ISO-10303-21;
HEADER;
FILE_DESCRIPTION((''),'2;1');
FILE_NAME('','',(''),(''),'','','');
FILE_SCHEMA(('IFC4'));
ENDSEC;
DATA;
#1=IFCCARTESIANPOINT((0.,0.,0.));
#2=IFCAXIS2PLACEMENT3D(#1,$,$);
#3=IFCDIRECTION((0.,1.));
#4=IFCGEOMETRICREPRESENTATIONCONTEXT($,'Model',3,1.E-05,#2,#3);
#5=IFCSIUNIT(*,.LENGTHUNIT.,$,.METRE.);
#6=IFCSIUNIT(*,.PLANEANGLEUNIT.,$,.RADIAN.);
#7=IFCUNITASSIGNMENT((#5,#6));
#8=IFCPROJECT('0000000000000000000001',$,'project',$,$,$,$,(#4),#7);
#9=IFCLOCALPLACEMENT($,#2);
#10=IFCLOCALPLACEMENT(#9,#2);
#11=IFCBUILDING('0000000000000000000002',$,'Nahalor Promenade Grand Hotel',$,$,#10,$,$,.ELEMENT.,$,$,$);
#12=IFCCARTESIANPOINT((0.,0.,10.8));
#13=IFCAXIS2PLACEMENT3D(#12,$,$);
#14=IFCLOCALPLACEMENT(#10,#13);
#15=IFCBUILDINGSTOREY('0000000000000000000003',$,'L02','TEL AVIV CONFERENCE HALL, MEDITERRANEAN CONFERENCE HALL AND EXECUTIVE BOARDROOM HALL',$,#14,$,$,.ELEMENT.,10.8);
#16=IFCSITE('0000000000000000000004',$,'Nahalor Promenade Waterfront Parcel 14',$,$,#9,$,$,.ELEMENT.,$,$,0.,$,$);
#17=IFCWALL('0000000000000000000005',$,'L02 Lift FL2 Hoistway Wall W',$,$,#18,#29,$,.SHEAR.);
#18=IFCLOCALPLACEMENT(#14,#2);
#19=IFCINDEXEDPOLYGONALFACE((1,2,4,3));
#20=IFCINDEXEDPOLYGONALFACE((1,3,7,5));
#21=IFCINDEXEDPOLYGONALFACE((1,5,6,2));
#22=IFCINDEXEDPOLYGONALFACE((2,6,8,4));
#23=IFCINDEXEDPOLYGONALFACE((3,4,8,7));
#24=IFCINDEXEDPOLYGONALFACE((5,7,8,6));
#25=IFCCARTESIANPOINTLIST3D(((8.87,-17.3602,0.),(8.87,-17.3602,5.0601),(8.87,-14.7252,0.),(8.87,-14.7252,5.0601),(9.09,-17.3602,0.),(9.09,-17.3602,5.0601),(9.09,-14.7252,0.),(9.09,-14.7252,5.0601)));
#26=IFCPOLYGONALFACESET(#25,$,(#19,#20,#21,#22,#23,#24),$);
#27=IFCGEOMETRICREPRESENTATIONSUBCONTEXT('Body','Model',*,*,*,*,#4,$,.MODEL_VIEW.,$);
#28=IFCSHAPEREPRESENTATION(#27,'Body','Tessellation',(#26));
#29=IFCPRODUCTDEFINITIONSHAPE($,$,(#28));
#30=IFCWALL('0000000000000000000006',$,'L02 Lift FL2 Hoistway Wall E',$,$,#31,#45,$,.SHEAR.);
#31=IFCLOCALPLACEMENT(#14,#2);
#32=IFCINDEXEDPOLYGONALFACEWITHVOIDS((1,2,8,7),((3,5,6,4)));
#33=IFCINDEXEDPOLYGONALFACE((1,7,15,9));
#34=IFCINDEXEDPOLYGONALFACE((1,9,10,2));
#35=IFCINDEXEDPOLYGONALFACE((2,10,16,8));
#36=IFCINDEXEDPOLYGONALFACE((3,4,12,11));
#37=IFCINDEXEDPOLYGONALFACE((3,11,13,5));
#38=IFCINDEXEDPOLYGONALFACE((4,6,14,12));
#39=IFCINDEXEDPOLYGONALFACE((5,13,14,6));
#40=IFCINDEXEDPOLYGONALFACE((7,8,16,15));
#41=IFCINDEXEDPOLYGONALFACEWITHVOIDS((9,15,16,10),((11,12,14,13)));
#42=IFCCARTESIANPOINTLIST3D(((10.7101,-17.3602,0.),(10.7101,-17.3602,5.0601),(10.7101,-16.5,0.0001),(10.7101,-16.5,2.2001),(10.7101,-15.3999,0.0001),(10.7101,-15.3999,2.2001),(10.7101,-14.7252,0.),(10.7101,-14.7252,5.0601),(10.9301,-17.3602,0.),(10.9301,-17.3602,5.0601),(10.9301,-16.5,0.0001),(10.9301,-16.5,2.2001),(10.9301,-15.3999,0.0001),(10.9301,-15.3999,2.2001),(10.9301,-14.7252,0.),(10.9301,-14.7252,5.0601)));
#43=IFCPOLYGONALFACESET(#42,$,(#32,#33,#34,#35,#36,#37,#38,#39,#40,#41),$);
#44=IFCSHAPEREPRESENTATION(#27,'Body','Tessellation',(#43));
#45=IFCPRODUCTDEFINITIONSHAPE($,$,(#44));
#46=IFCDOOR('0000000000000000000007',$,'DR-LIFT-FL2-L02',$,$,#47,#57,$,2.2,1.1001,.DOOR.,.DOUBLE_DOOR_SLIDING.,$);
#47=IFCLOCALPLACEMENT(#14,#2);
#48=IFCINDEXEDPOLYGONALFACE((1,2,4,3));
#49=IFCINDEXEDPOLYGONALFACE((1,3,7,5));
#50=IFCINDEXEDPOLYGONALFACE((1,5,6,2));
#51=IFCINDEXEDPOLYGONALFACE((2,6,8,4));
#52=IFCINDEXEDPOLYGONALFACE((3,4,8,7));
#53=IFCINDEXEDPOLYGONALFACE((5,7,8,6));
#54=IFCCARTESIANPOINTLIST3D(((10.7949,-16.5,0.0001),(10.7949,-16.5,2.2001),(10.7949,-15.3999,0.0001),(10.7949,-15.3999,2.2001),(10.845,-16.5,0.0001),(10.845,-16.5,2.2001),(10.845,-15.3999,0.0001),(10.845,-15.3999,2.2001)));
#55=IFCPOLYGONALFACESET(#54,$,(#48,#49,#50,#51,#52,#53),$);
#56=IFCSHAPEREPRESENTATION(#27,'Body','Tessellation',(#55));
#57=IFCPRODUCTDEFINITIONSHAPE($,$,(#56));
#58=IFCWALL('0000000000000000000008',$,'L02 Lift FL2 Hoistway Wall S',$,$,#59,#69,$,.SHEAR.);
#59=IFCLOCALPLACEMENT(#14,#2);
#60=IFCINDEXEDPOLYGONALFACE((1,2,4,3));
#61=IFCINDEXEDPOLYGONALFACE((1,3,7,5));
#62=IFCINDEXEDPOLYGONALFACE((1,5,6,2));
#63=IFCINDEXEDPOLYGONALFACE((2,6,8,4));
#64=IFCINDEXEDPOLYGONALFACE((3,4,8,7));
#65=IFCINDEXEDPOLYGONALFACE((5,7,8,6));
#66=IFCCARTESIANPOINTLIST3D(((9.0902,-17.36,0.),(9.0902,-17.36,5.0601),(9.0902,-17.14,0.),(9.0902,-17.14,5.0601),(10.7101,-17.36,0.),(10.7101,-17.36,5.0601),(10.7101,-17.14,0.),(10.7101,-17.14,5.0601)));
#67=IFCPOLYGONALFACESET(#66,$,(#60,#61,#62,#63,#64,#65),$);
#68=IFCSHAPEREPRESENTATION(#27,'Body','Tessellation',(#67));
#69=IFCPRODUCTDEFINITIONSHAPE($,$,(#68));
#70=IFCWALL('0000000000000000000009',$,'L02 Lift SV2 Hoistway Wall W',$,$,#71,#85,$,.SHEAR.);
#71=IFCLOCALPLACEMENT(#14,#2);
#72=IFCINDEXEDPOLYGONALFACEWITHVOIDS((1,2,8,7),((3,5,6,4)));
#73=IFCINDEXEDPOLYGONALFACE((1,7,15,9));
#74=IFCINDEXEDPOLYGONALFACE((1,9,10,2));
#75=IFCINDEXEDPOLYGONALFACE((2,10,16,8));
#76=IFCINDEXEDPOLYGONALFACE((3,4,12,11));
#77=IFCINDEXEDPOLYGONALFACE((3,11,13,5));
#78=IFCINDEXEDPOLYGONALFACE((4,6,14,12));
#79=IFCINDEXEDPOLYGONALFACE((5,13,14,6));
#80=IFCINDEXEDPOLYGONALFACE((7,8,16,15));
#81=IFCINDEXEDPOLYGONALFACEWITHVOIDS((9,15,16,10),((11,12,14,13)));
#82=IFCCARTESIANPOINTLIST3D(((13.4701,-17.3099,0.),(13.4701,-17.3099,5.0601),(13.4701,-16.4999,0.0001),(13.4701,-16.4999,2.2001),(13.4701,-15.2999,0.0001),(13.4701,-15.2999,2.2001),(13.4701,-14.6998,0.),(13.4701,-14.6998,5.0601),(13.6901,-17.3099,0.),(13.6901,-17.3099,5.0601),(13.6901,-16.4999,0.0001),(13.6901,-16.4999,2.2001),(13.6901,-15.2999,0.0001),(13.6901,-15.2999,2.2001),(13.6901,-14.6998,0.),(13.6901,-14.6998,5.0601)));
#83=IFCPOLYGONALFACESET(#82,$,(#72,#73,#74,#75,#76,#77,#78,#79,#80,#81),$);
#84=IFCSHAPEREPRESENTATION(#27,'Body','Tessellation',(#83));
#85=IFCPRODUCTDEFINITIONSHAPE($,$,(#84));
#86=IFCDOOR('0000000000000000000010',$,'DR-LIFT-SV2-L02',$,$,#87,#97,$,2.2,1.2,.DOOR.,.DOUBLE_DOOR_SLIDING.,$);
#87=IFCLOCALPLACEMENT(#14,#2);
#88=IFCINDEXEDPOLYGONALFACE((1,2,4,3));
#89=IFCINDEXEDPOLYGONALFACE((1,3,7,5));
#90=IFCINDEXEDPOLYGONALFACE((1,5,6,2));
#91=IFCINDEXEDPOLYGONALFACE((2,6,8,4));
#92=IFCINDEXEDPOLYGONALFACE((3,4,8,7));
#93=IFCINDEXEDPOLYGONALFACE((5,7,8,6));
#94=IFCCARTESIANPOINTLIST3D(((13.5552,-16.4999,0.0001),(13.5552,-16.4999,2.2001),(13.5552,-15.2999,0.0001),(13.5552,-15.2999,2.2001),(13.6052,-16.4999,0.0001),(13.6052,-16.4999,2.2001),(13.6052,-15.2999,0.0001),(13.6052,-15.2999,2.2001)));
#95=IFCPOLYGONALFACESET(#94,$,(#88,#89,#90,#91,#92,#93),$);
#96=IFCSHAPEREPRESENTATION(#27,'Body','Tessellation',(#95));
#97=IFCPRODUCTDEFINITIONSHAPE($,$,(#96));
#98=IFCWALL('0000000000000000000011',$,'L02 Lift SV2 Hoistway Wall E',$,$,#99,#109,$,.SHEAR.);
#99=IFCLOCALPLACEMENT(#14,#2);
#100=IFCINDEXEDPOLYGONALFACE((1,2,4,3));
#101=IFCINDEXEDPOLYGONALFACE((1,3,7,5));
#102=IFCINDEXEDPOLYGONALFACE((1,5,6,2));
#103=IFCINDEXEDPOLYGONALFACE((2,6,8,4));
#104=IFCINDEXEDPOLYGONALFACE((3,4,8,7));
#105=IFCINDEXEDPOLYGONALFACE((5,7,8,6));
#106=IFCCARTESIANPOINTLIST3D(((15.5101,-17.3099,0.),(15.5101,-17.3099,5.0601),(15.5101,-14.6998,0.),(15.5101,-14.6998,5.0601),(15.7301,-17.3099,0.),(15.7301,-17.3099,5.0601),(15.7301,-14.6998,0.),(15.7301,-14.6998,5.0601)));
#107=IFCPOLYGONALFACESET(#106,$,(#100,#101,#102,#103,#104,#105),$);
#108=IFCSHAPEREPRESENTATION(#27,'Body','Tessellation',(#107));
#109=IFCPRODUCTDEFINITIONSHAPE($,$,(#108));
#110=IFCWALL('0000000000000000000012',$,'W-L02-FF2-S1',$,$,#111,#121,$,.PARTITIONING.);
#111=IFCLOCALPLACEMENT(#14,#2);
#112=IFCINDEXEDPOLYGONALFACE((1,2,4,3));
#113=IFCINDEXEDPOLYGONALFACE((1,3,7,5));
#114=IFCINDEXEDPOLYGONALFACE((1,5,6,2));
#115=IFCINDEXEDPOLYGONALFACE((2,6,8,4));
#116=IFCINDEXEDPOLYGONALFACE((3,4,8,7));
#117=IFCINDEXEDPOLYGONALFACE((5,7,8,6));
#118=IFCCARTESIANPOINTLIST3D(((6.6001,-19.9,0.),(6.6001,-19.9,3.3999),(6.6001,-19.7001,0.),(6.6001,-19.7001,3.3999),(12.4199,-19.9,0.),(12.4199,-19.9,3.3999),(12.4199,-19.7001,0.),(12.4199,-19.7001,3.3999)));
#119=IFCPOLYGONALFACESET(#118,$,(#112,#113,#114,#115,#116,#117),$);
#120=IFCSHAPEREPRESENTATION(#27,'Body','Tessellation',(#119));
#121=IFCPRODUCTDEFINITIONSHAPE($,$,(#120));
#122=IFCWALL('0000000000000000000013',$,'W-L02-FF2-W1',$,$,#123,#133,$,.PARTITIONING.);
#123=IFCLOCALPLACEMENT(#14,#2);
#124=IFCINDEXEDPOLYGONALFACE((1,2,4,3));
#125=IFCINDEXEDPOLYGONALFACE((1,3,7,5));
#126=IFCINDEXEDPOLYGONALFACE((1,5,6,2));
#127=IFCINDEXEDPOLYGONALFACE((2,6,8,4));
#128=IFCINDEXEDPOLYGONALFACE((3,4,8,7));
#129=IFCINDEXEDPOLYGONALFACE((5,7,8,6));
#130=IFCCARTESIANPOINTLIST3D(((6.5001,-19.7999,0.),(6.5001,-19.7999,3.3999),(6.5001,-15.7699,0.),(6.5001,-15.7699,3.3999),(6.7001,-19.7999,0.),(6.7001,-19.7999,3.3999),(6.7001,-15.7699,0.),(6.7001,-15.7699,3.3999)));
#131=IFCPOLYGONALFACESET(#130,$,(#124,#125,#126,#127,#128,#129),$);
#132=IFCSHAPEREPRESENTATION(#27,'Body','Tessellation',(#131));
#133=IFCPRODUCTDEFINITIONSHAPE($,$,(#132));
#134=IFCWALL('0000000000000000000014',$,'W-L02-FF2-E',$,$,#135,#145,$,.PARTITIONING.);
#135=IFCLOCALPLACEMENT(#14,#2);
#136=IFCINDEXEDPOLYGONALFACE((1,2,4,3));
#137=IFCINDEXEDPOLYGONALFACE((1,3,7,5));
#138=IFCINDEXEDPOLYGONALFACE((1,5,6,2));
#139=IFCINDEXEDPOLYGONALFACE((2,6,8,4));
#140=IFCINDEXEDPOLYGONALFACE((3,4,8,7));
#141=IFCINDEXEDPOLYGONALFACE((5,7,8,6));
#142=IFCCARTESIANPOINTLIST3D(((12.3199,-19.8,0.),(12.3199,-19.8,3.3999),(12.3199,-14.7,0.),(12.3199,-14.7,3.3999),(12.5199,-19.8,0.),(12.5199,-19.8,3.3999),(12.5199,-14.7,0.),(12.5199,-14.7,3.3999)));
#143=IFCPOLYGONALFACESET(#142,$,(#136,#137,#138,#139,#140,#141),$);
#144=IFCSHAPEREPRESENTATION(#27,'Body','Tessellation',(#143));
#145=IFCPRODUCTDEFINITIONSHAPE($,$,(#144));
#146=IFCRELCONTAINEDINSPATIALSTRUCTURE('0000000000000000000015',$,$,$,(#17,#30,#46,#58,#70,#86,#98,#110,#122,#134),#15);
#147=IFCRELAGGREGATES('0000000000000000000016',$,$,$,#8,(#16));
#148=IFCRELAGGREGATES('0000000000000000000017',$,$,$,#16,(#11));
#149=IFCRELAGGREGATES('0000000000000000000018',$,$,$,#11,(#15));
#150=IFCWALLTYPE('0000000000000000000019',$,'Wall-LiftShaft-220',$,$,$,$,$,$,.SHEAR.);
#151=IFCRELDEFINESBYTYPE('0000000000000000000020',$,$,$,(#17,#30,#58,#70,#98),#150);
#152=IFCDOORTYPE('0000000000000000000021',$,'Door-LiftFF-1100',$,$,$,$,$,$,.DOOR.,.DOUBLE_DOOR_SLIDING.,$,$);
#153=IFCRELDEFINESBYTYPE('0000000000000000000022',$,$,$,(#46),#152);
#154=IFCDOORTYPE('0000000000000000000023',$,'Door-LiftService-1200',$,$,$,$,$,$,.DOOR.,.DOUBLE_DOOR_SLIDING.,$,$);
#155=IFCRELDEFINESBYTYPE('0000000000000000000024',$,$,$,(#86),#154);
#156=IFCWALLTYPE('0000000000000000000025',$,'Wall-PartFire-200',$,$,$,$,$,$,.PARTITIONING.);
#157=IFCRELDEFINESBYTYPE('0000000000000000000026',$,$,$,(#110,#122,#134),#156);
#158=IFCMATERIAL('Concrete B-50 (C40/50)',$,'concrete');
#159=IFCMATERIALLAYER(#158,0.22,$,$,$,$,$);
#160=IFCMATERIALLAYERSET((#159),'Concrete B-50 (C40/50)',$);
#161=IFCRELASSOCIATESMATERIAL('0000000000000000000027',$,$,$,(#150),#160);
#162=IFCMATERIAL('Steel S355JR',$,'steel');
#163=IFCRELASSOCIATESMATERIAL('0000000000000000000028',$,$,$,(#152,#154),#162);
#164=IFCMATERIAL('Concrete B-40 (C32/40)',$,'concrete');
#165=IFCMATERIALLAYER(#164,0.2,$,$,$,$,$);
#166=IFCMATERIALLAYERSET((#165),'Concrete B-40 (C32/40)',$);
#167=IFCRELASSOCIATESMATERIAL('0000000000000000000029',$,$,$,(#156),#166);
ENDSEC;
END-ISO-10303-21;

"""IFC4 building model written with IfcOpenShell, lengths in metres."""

from ifc_helpers import new_model, si_unit, direction, frame, frame_2d, origin, place, context, subcontext, project, spatial, rectangle, extrude, source, transform, mapped, material, layer, layer_set, type_object, element, fill, save


model = new_model("IFC4")

# Units and contexts
model_context = context("Model", 3, precision=1e-05, world=origin(), true_north=direction((0.0, 1.0)))
body_context = subcontext(model_context, "Body", "Model", "MODEL_VIEW")
ifc_project = project(units=[si_unit("LENGTHUNIT", "METRE"), si_unit("PLANEANGLEUNIT", "RADIAN")], contexts=[model_context])

# Site, building, storey
site_placement = place(None, origin())
site = spatial("IfcSite", under=ifc_project, at=site_placement, Name="Nahalor Promenade Waterfront Parcel 14", CompositionType="ELEMENT", RefElevation=0.0)
building_placement = place(site_placement, origin())
building = spatial("IfcBuilding", under=site, at=building_placement, Name="Nahalor Promenade Grand Hotel", CompositionType="ELEMENT")
storey_placement = place(building_placement, frame((0.0, 0.0, 10.8)))
storey = spatial("IfcBuildingStorey", under=building, at=storey_placement, Name="L02", Description="TEL AVIV CONFERENCE HALL, MEDITERRANEAN CONFERENCE HALL AND EXECUTIVE BOARDROOM HALL", CompositionType="ELEMENT", Elevation=10.8)

# Shared definitions
ifc_material_1 = material(Name="Steel S355JR", Category="steel")

# Shared definitions
ifc_material_2 = material(Name="Concrete B-50 (C40/50)", Category="concrete")

# Wall
ifc_layer_1 = layer(ifc_material_2, 0.22)
ifc_layer_set_1 = layer_set([ifc_layer_1], Name="Concrete B-50 (C40/50)")
wall_type_1 = type_object("IfcWallType", Name="Wall-LiftShaft-220", PredefinedType="SHEAR", material=ifc_layer_set_1)
shared_shape_1 = source(origin(), body_context, "Body", "SweptSolid", [
    extrude(rectangle(XDim=2.635, YDim=0.22, at=frame_2d((1.3174, 0.0))), origin(), (0.0, 0.0, 1.0), 5.0601),
])
wall_1_placement = place(storey_placement, frame((8.98, -17.3601, 0.0), z_axis=(0.0, 0.0, 1.0), x_axis=(0.0, 1.0, 0.0)))
element("IfcWall", 1, at=wall_1_placement, inside=storey, type_object=wall_type_1, Name="L02 Lift FL2 Hoistway Wall W", PredefinedType="SHEAR", context=body_context, shape_type="MappedRepresentation", body=[
    mapped(shared_shape_1, transform((0.0, 0.0, 0.0), scale=1.0)),
])

# Wall, opening, door
wall_2_placement = place(storey_placement, frame((10.8201, -17.3601, 0.0), z_axis=(0.0, 0.0, 1.0), x_axis=(0.0, 1.0, 0.0)))
wall_2 = element("IfcWall", 2, at=wall_2_placement, inside=storey, type_object=wall_type_1, Name="L02 Lift FL2 Hoistway Wall E", PredefinedType="SHEAR", context=body_context, shape_type="MappedRepresentation", body=[
    mapped(shared_shape_1, transform((0.0, 0.0, 0.0), scale=1.0)),
])
opening_1_placement = place(wall_2_placement, frame((0.8601, 0.0, 0.0)))
opening_1 = element("IfcOpeningElement", 3, at=opening_1_placement, cuts=wall_2, PredefinedType="OPENING", context=body_context, shape_type="SweptSolid", body=[
    extrude(rectangle(XDim=1.1001, YDim=2.2, at=frame_2d((0.55, 1.1001))), frame((0.0, 0.1199, 0.0), z_axis=(0.0, -1.0, 0.0), x_axis=(1.0, 0.0, 0.0)), (0.0, 0.0, 1.0), 0.24),
])
door_type_1 = type_object("IfcDoorType", Name="Door-LiftFF-1100", OperationType="DOUBLE_DOOR_SLIDING", PredefinedType="DOOR", material=ifc_material_1)
shared_shape_2 = source(origin(), body_context, "Body", "SweptSolid", [
    extrude(rectangle(XDim=1.1001, YDim=2.2, at=frame_2d((0.55, 1.1001))), frame((0.0, 0.0249, 0.0), z_axis=(0.0, -1.0, 0.0), x_axis=(1.0, 0.0, 0.0)), (0.0, 0.0, 1.0), 0.05),
])
door_1_placement = place(opening_1_placement, frame((1.1001, 0.0, 0.0), z_axis=(0.0, 0.0, 1.0), x_axis=(-1.0, 0.0, 0.0)))
door_1 = element("IfcDoor", 4, at=door_1_placement, inside=storey, type_object=door_type_1, Name="DR-LIFT-FL2-L02", OperationType="DOUBLE_DOOR_SLIDING", OverallHeight=2.2, OverallWidth=1.1001, PredefinedType="DOOR", context=body_context, shape_type="MappedRepresentation", body=[
    mapped(shared_shape_2, transform((0.0, 0.0, 0.0), scale=1.0)),
])
fill(opening_1, door_1)

# Wall
shared_shape_3 = source(origin(), body_context, "Body", "SweptSolid", [
    extrude(rectangle(XDim=1.6199, YDim=0.22, at=frame_2d((0.8101, 0.0))), origin(), (0.0, 0.0, 1.0), 5.0601),
])
wall_3_placement = place(storey_placement, frame((9.0901, -17.25, 0.0), z_axis=(0.0, 0.0, 1.0), x_axis=(1.0, 0.0, 0.0)))
element("IfcWall", 5, at=wall_3_placement, inside=storey, type_object=wall_type_1, Name="L02 Lift FL2 Hoistway Wall S", PredefinedType="SHEAR", context=body_context, shape_type="MappedRepresentation", body=[
    mapped(shared_shape_3, transform((0.0, 0.0, 0.0), scale=1.0)),
])

# Wall, opening, door
shared_shape_4 = source(origin(), body_context, "Body", "SweptSolid", [
    extrude(rectangle(XDim=2.6101, YDim=0.22, at=frame_2d((1.3052, 0.0))), origin(), (0.0, 0.0, 1.0), 5.0601),
])
wall_4_placement = place(storey_placement, frame((13.5801, -17.3101, 0.0), z_axis=(0.0, 0.0, 1.0), x_axis=(0.0, 1.0, 0.0)))
wall_4 = element("IfcWall", 6, at=wall_4_placement, inside=storey, type_object=wall_type_1, Name="L02 Lift SV2 Hoistway Wall W", PredefinedType="SHEAR", context=body_context, shape_type="MappedRepresentation", body=[
    mapped(shared_shape_4, transform((0.0, 0.0, 0.0), scale=1.0)),
])
opening_2_placement = place(wall_4_placement, frame((0.8101, 0.0, 0.0)))
opening_2 = element("IfcOpeningElement", 7, at=opening_2_placement, cuts=wall_4, PredefinedType="OPENING", context=body_context, shape_type="SweptSolid", body=[
    extrude(rectangle(XDim=1.2, YDim=2.2, at=frame_2d((0.6001, 1.1001))), frame((0.0, 0.1199, 0.0), z_axis=(0.0, -1.0, 0.0), x_axis=(1.0, 0.0, 0.0)), (0.0, 0.0, 1.0), 0.24),
])
door_type_2 = type_object("IfcDoorType", Name="Door-LiftService-1200", OperationType="DOUBLE_DOOR_SLIDING", PredefinedType="DOOR", material=ifc_material_1)
shared_shape_5 = source(origin(), body_context, "Body", "SweptSolid", [
    extrude(rectangle(XDim=1.2, YDim=2.2, at=frame_2d((0.6001, 1.1001))), frame((0.0, 0.0249, 0.0), z_axis=(0.0, -1.0, 0.0), x_axis=(1.0, 0.0, 0.0)), (0.0, 0.0, 1.0), 0.05),
])
door_2_placement = place(opening_2_placement, origin())
door_2 = element("IfcDoor", 8, at=door_2_placement, inside=storey, type_object=door_type_2, Name="DR-LIFT-SV2-L02", OperationType="DOUBLE_DOOR_SLIDING", OverallHeight=2.2, OverallWidth=1.2, PredefinedType="DOOR", context=body_context, shape_type="MappedRepresentation", body=[
    mapped(shared_shape_5, transform((0.0, 0.0, 0.0), scale=1.0)),
])
fill(opening_2, door_2)

# Walls
wall_5_placement = place(storey_placement, frame((15.6201, -17.3101, 0.0), z_axis=(0.0, 0.0, 1.0), x_axis=(0.0, 1.0, 0.0)))
element("IfcWall", 9, at=wall_5_placement, inside=storey, type_object=wall_type_1, Name="L02 Lift SV2 Hoistway Wall E", PredefinedType="SHEAR", context=body_context, shape_type="MappedRepresentation", body=[
    mapped(shared_shape_4, transform((0.0, 0.0, 0.0), scale=1.0)),
])
ifc_material_3 = material(Name="Concrete B-40 (C32/40)", Category="concrete")
ifc_layer_2 = layer(ifc_material_3, 0.2)
ifc_layer_set_2 = layer_set([ifc_layer_2], Name="Concrete B-40 (C32/40)")
wall_type_2 = type_object("IfcWallType", Name="Wall-PartFire-200", PredefinedType="PARTITIONING", material=ifc_layer_set_2)
shared_shape_6 = source(origin(), body_context, "Body", "SweptSolid", [
    extrude(rectangle(XDim=5.8198, YDim=0.2, at=frame_2d((2.9099, 0.0))), origin(), (0.0, 0.0, 1.0), 3.3999),
])
wall_6_placement = place(storey_placement, frame((6.6001, -19.8, 0.0), z_axis=(0.0, 0.0, 1.0), x_axis=(1.0, 0.0, 0.0)))
element("IfcWall", 10, at=wall_6_placement, inside=storey, type_object=wall_type_2, Name="W-L02-FF2-S1", PredefinedType="PARTITIONING", context=body_context, shape_type="MappedRepresentation", body=[
    mapped(shared_shape_6, transform((0.0, 0.0, 0.0), scale=1.0)),
])
shared_shape_7 = source(origin(), body_context, "Body", "SweptSolid", [
    extrude(rectangle(XDim=4.03, YDim=0.2, at=frame_2d((2.0151, 0.0))), origin(), (0.0, 0.0, 1.0), 3.3999),
])
wall_7_placement = place(storey_placement, frame((6.6001, -19.8, 0.0), z_axis=(0.0, 0.0, 1.0), x_axis=(0.0, 1.0, 0.0)))
element("IfcWall", 11, at=wall_7_placement, inside=storey, type_object=wall_type_2, Name="W-L02-FF2-W1", PredefinedType="PARTITIONING", context=body_context, shape_type="MappedRepresentation", body=[
    mapped(shared_shape_7, transform((0.0, 0.0, 0.0), scale=1.0)),
])
shared_shape_8 = source(origin(), body_context, "Body", "SweptSolid", [
    extrude(rectangle(XDim=5.1001, YDim=0.2, at=frame_2d((2.55, 0.0))), origin(), (0.0, 0.0, 1.0), 3.3999),
])
wall_8_placement = place(storey_placement, frame((12.4199, -19.8, 0.0), z_axis=(0.0, 0.0, 1.0), x_axis=(0.0, 1.0, 0.0)))
element("IfcWall", 12, at=wall_8_placement, inside=storey, type_object=wall_type_2, Name="W-L02-FF2-E", PredefinedType="PARTITIONING", context=body_context, shape_type="MappedRepresentation", body=[
    mapped(shared_shape_8, transform((0.0, 0.0, 0.0), scale=1.0)),
])

save(model, "model.ifc")
